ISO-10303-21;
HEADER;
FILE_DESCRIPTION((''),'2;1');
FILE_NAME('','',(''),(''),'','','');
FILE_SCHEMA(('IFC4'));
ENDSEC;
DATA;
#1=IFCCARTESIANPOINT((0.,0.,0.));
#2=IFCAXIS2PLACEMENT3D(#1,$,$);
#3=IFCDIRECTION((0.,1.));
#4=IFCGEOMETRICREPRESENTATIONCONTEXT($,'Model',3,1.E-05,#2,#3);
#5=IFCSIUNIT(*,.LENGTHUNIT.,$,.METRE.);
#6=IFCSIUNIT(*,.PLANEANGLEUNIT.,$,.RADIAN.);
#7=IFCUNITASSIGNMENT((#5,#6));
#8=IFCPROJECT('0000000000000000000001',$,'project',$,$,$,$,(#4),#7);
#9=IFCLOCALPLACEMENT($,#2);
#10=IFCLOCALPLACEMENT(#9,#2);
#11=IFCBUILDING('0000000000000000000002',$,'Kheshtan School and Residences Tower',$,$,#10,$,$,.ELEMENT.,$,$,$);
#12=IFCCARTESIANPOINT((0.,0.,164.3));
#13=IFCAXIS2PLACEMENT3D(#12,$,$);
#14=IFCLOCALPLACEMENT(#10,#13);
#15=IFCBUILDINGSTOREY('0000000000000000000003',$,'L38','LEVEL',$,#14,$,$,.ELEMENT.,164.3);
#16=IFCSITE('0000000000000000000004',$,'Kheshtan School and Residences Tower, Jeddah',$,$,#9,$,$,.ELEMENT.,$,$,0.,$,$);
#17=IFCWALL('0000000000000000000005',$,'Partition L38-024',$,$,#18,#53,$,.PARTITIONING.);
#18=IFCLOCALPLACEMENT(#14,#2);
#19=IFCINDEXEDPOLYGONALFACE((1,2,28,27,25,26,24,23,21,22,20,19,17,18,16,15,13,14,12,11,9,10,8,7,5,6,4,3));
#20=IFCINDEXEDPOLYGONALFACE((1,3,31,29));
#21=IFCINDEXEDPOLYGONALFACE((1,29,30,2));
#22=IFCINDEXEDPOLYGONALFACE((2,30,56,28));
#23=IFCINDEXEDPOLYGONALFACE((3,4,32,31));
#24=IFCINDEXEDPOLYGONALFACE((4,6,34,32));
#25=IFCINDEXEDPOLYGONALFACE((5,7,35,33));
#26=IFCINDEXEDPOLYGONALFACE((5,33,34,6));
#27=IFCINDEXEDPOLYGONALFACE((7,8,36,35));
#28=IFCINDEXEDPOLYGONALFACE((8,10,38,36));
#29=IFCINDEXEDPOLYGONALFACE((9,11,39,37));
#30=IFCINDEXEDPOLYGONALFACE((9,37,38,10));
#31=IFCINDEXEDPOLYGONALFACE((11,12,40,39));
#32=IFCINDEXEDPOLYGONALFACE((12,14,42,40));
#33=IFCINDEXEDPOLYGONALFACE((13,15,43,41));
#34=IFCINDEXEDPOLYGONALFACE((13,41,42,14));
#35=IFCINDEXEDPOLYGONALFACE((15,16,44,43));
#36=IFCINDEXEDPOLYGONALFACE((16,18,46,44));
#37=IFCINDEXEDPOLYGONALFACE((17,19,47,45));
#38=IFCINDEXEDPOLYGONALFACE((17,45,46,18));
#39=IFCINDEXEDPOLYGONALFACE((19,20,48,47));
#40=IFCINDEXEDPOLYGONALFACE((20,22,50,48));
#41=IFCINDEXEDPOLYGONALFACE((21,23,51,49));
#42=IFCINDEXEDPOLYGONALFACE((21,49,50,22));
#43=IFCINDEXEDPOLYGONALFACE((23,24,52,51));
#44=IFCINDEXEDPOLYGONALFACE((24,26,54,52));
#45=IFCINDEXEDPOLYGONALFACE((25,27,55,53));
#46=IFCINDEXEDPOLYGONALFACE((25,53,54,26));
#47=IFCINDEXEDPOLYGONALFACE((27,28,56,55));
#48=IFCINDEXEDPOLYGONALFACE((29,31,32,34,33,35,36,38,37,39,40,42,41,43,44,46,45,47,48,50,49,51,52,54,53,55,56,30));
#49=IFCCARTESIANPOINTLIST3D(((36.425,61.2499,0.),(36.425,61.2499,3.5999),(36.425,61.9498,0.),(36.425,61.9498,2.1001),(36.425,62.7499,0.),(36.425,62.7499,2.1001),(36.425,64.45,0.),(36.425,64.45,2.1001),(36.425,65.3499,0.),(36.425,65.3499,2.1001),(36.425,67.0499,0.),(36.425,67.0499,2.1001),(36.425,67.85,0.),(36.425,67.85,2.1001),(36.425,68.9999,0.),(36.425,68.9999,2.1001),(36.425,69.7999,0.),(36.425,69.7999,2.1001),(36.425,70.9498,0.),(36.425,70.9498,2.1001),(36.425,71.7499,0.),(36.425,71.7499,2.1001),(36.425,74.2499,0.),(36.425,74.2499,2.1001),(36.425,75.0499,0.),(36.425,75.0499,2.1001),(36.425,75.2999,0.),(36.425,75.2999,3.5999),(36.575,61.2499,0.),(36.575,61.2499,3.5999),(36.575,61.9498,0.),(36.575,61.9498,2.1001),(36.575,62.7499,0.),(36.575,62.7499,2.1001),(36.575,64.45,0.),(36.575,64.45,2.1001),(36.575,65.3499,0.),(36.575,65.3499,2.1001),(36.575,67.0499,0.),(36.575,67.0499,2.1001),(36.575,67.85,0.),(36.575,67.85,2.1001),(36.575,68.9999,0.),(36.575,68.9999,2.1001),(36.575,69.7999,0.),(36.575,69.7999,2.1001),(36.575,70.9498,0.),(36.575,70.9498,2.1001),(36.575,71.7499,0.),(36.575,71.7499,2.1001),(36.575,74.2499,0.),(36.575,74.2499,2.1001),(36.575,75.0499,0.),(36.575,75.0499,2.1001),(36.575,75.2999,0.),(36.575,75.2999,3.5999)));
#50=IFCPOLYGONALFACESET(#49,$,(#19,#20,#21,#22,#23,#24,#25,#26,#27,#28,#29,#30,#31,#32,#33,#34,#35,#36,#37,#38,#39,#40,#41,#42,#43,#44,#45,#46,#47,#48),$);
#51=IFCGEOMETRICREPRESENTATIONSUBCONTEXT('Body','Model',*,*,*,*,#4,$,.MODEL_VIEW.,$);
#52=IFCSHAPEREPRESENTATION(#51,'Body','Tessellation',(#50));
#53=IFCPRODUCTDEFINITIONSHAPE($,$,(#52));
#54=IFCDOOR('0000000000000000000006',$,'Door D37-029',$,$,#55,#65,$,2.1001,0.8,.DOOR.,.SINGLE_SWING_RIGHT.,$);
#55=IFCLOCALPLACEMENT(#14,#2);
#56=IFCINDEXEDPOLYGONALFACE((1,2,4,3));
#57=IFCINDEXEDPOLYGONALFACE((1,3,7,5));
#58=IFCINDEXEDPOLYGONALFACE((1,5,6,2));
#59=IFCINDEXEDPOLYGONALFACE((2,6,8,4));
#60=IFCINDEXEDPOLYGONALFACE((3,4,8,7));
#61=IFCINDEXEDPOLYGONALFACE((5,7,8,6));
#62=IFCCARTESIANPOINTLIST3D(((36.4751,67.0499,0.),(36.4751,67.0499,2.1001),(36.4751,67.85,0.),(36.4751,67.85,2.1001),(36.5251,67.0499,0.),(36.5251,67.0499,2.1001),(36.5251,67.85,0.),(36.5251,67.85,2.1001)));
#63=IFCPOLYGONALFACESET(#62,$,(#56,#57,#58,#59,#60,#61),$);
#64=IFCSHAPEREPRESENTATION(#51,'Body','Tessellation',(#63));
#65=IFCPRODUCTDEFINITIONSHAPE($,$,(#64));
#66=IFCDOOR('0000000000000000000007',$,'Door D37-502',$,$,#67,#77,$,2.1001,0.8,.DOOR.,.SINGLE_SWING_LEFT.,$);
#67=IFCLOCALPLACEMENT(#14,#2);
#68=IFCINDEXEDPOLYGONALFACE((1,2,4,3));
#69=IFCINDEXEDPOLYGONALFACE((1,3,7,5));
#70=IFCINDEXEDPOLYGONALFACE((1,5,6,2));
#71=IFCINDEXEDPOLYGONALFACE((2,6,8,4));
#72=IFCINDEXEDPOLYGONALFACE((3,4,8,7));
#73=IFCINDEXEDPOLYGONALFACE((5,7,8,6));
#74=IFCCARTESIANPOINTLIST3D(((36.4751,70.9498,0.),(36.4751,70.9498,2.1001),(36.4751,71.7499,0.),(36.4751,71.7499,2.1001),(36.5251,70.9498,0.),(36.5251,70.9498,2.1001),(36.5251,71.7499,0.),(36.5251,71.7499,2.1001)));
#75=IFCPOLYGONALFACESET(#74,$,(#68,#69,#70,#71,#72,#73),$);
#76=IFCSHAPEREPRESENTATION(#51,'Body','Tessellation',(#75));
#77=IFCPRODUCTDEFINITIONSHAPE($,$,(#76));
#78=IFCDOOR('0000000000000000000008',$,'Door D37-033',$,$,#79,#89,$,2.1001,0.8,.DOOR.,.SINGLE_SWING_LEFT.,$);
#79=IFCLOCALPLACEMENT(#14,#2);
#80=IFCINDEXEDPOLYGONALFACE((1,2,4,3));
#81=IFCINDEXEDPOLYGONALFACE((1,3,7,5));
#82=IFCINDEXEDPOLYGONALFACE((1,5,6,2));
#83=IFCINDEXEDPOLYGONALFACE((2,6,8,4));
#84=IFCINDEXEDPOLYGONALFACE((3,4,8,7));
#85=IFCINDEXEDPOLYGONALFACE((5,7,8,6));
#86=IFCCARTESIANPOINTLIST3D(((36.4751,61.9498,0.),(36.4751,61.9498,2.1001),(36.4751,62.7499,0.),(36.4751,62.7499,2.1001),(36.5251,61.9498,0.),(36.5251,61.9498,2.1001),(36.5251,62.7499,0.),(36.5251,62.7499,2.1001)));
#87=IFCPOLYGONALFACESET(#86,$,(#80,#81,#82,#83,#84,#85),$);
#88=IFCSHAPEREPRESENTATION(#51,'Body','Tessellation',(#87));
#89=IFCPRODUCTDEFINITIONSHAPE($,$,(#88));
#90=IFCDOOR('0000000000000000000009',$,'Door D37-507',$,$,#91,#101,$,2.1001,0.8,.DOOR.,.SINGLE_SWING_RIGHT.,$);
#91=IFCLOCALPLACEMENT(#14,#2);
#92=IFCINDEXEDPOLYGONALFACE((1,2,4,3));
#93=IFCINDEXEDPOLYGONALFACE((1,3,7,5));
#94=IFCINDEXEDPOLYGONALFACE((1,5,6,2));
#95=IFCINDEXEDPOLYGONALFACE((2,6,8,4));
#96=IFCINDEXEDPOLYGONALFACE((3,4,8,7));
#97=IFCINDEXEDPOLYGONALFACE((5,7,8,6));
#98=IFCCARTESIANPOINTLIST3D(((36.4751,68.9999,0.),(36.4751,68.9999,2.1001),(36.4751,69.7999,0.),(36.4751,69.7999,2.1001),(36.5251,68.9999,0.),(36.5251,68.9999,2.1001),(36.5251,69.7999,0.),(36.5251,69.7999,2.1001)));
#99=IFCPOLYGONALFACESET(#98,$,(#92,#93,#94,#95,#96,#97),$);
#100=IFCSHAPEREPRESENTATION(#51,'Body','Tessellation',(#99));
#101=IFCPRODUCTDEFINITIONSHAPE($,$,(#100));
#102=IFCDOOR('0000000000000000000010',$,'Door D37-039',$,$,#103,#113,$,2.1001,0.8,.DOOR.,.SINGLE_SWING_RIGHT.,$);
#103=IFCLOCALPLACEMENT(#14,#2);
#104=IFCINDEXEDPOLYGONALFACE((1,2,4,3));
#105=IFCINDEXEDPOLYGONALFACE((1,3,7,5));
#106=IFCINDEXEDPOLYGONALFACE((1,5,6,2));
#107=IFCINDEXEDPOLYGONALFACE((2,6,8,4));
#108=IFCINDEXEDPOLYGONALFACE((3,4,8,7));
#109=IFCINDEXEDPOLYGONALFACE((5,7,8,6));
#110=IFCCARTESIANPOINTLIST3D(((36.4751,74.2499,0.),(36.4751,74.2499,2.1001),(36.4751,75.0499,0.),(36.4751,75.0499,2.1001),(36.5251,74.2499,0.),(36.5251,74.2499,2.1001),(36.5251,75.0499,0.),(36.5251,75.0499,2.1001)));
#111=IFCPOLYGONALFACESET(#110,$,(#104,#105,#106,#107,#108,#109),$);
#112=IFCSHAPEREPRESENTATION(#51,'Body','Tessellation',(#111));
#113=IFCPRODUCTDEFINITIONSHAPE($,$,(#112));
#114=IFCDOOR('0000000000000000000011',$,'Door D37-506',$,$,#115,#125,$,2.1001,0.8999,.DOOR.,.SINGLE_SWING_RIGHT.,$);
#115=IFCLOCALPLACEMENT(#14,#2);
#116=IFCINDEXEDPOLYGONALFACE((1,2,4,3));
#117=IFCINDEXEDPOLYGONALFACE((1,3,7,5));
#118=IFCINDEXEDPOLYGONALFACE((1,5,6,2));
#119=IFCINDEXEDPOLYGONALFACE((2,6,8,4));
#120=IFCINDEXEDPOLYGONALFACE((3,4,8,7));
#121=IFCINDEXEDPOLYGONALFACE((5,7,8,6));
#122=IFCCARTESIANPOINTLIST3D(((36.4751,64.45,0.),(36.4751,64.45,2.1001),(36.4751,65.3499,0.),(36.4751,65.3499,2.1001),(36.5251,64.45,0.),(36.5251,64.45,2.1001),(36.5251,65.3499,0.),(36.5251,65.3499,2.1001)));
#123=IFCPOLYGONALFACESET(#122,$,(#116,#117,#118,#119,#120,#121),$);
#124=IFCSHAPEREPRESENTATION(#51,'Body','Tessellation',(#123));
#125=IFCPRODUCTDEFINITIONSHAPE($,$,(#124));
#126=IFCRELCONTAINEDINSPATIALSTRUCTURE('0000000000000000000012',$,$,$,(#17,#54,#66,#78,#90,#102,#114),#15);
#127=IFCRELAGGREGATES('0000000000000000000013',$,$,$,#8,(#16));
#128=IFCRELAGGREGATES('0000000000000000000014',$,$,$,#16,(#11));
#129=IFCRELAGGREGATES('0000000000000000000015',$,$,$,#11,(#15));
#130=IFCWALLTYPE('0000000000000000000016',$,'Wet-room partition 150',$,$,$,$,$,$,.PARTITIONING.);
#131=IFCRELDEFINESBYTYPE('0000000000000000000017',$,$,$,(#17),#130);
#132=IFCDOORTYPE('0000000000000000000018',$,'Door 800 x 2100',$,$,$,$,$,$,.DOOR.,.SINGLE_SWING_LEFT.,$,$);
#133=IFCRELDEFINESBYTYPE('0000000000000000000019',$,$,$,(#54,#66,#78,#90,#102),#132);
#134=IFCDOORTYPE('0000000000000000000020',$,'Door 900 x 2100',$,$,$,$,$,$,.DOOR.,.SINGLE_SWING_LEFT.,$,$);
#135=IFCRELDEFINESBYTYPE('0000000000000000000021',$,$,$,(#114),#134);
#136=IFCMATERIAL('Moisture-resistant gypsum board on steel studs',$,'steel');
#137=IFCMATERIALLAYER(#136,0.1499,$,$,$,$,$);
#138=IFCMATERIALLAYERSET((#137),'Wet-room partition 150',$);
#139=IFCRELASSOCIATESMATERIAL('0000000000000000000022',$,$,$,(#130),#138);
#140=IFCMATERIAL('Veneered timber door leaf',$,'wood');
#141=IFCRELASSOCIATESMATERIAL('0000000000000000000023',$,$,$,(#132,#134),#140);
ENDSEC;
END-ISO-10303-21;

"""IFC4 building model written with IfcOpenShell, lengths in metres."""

from ifc_helpers import new_model, si_unit, direction, frame, frame_2d, origin, place, context, subcontext, project, spatial, rectangle, extrude, source, transform, mapped, material, layer, layer_set, type_object, element, fill, save


model = new_model("IFC4")

# Units and contexts
model_context = context("Model", 3, precision=1e-05, world=origin(), true_north=direction((0.0, 1.0)))
body_context = subcontext(model_context, "Body", "Model", "MODEL_VIEW")
ifc_project = project(units=[si_unit("LENGTHUNIT", "METRE"), si_unit("PLANEANGLEUNIT", "RADIAN")], contexts=[model_context])

# Site, building, storey
site_placement = place(None, origin())
site = spatial("IfcSite", under=ifc_project, at=site_placement, Name="Kheshtan School and Residences Tower, Jeddah", CompositionType="ELEMENT", RefElevation=0.0)
building_placement = place(site_placement, origin())
building = spatial("IfcBuilding", under=site, at=building_placement, Name="Kheshtan School and Residences Tower", CompositionType="ELEMENT")
storey_placement = place(building_placement, frame((0.0, 0.0, 164.3)))
storey = spatial("IfcBuildingStorey", under=building, at=storey_placement, Name="L38", Description="LEVEL", CompositionType="ELEMENT", Elevation=164.3)

# Shared definitions
ifc_material_1 = material(Name="Moisture-resistant gypsum board on steel studs", Category="steel")
ifc_layer_1 = layer(ifc_material_1, 0.1499)
ifc_layer_set_1 = layer_set([ifc_layer_1], Name="Wet-room partition 150")
wall_type_1 = type_object("IfcWallType", Name="Wet-room partition 150", PredefinedType="PARTITIONING", material=ifc_layer_set_1)
ifc_material_2 = material(Name="Veneered timber door leaf", Category="wood")
door_type_1 = type_object("IfcDoorType", Name="Door 800 x 2100", OperationType="SINGLE_SWING_LEFT", PredefinedType="DOOR", material=ifc_material_2)
shared_shape_1 = source(origin(), body_context, "Body", "SweptSolid", [
    extrude(rectangle(XDim=0.8, YDim=2.1001, at=frame_2d((0.3999, 1.05))), frame((0.0, 0.0249, 0.0), z_axis=(0.0, -1.0, 0.0), x_axis=(1.0, 0.0, 0.0)), (0.0, 0.0, 1.0), 0.05),
])

# Wall, openings, doors
wall_1_placement = place(storey_placement, frame((36.5, 61.25, 0.0), z_axis=(0.0, 0.0, 1.0), x_axis=(0.0, 1.0, 0.0)))
wall_1 = element("IfcWall", 1, at=wall_1_placement, inside=storey, type_object=wall_type_1, Name="Partition L38-024", PredefinedType="PARTITIONING", context=body_context, shape_type="SweptSolid", body=[
    extrude(rectangle(XDim=14.05, YDim=0.1499, at=frame_2d((7.0249, 0.0))), origin(), (0.0, 0.0, 1.0), 3.5999),
])
opening_1_placement = place(wall_1_placement, frame((5.8, 0.0, 0.0)))
opening_1 = element("IfcOpeningElement", 2, at=opening_1_placement, cuts=wall_1, PredefinedType="OPENING", context=body_context, shape_type="SweptSolid", body=[
    extrude(rectangle(XDim=0.8, YDim=2.1001, at=frame_2d((0.3999, 1.05))), frame((0.0, 0.085, 0.0), z_axis=(0.0, -1.0, 0.0), x_axis=(1.0, 0.0, 0.0)), (0.0, 0.0, 1.0), 0.1699),
])
opening_2_placement = place(wall_1_placement, frame((9.7, 0.0, 0.0)))
opening_2 = element("IfcOpeningElement", 3, at=opening_2_placement, cuts=wall_1, PredefinedType="OPENING", context=body_context, shape_type="SweptSolid", body=[
    extrude(rectangle(XDim=0.8, YDim=2.1001, at=frame_2d((0.3999, 1.05))), frame((0.0, 0.085, 0.0), z_axis=(0.0, -1.0, 0.0), x_axis=(1.0, 0.0, 0.0)), (0.0, 0.0, 1.0), 0.1699),
])
opening_3_placement = place(wall_1_placement, frame((0.7, 0.0, 0.0)))
opening_3 = element("IfcOpeningElement", 4, at=opening_3_placement, cuts=wall_1, PredefinedType="OPENING", context=body_context, shape_type="SweptSolid", body=[
    extrude(rectangle(XDim=0.8, YDim=2.1001, at=frame_2d((0.3999, 1.05))), frame((0.0, 0.085, 0.0), z_axis=(0.0, -1.0, 0.0), x_axis=(1.0, 0.0, 0.0)), (0.0, 0.0, 1.0), 0.1699),
])
opening_4_placement = place(wall_1_placement, frame((3.2, 0.0, 0.0)))
opening_4 = element("IfcOpeningElement", 5, at=opening_4_placement, cuts=wall_1, PredefinedType="OPENING", context=body_context, shape_type="SweptSolid", body=[
    extrude(rectangle(XDim=0.8999, YDim=2.1001, at=frame_2d((0.45, 1.05))), frame((0.0, 0.085, 0.0), z_axis=(0.0, -1.0, 0.0), x_axis=(1.0, 0.0, 0.0)), (0.0, 0.0, 1.0), 0.1699),
])
opening_5_placement = place(wall_1_placement, frame((7.75, 0.0, 0.0)))
opening_5 = element("IfcOpeningElement", 6, at=opening_5_placement, cuts=wall_1, PredefinedType="OPENING", context=body_context, shape_type="SweptSolid", body=[
    extrude(rectangle(XDim=0.8, YDim=2.1001, at=frame_2d((0.3999, 1.05))), frame((0.0, 0.085, 0.0), z_axis=(0.0, -1.0, 0.0), x_axis=(1.0, 0.0, 0.0)), (0.0, 0.0, 1.0), 0.1699),
])
opening_6_placement = place(wall_1_placement, frame((13.0, 0.0, 0.0)))
opening_6 = element("IfcOpeningElement", 7, at=opening_6_placement, cuts=wall_1, PredefinedType="OPENING", context=body_context, shape_type="SweptSolid", body=[
    extrude(rectangle(XDim=0.8, YDim=2.1001, at=frame_2d((0.3999, 1.05))), frame((0.0, 0.085, 0.0), z_axis=(0.0, -1.0, 0.0), x_axis=(1.0, 0.0, 0.0)), (0.0, 0.0, 1.0), 0.1699),
])
door_1_placement = place(opening_1_placement, origin())
door_1 = element("IfcDoor", 8, at=door_1_placement, inside=storey, type_object=door_type_1, Name="Door D37-029", OperationType="SINGLE_SWING_RIGHT", OverallHeight=2.1001, OverallWidth=0.8, PredefinedType="DOOR", context=body_context, shape_type="MappedRepresentation", body=[
    mapped(shared_shape_1, transform((0.0, 0.0, 0.0), x_axis=(1.0, 0.0, 0.0), y_axis=(0.0, 1.0, 0.0), z_axis=(0.0, 0.0, 1.0), scale=1.0)),
])
fill(opening_1, door_1)
door_2_placement = place(opening_2_placement, origin())
door_2 = element("IfcDoor", 9, at=door_2_placement, inside=storey, type_object=door_type_1, Name="Door D37-502", OperationType="SINGLE_SWING_LEFT", OverallHeight=2.1001, OverallWidth=0.8, PredefinedType="DOOR", context=body_context, shape_type="MappedRepresentation", body=[
    mapped(shared_shape_1, transform((0.0, 0.0, 0.0), x_axis=(1.0, 0.0, 0.0), y_axis=(0.0, 1.0, 0.0), z_axis=(0.0, 0.0, 1.0), scale=1.0)),
])
fill(opening_2, door_2)
door_3_placement = place(opening_3_placement, origin())
door_3 = element("IfcDoor", 10, at=door_3_placement, inside=storey, type_object=door_type_1, Name="Door D37-033", OperationType="SINGLE_SWING_LEFT", OverallHeight=2.1001, OverallWidth=0.8, PredefinedType="DOOR", context=body_context, shape_type="MappedRepresentation", body=[
    mapped(shared_shape_1, transform((0.0, 0.0, 0.0), x_axis=(1.0, 0.0, 0.0), y_axis=(0.0, 1.0, 0.0), z_axis=(0.0, 0.0, 1.0), scale=1.0)),
])
fill(opening_3, door_3)
door_4_placement = place(opening_5_placement, origin())
door_4 = element("IfcDoor", 11, at=door_4_placement, inside=storey, type_object=door_type_1, Name="Door D37-507", OperationType="SINGLE_SWING_RIGHT", OverallHeight=2.1001, OverallWidth=0.8, PredefinedType="DOOR", context=body_context, shape_type="MappedRepresentation", body=[
    mapped(shared_shape_1, transform((0.0, 0.0, 0.0), x_axis=(1.0, 0.0, 0.0), y_axis=(0.0, 1.0, 0.0), z_axis=(0.0, 0.0, 1.0), scale=1.0)),
])
fill(opening_5, door_4)
door_5_placement = place(opening_6_placement, origin())
door_5 = element("IfcDoor", 12, at=door_5_placement, inside=storey, type_object=door_type_1, Name="Door D37-039", OperationType="SINGLE_SWING_RIGHT", OverallHeight=2.1001, OverallWidth=0.8, PredefinedType="DOOR", context=body_context, shape_type="MappedRepresentation", body=[
    mapped(shared_shape_1, transform((0.0, 0.0, 0.0), x_axis=(1.0, 0.0, 0.0), y_axis=(0.0, 1.0, 0.0), z_axis=(0.0, 0.0, 1.0), scale=1.0)),
])
fill(opening_6, door_5)
door_type_2 = type_object("IfcDoorType", Name="Door 900 x 2100", OperationType="SINGLE_SWING_LEFT", PredefinedType="DOOR", material=ifc_material_2)
shared_shape_2 = source(origin(), body_context, "Body", "SweptSolid", [
    extrude(rectangle(XDim=0.8999, YDim=2.1001, at=frame_2d((0.45, 1.05))), frame((0.0, 0.0249, 0.0), z_axis=(0.0, -1.0, 0.0), x_axis=(1.0, 0.0, 0.0)), (0.0, 0.0, 1.0), 0.05),
])
door_6_placement = place(opening_4_placement, origin())
door_6 = element("IfcDoor", 13, at=door_6_placement, inside=storey, type_object=door_type_2, Name="Door D37-506", OperationType="SINGLE_SWING_RIGHT", OverallHeight=2.1001, OverallWidth=0.8999, PredefinedType="DOOR", context=body_context, shape_type="MappedRepresentation", body=[
    mapped(shared_shape_2, transform((0.0, 0.0, 0.0), x_axis=(1.0, 0.0, 0.0), y_axis=(0.0, 1.0, 0.0), z_axis=(0.0, 0.0, 1.0), scale=1.0)),
])
fill(opening_4, door_6)

save(model, "model.ifc")
